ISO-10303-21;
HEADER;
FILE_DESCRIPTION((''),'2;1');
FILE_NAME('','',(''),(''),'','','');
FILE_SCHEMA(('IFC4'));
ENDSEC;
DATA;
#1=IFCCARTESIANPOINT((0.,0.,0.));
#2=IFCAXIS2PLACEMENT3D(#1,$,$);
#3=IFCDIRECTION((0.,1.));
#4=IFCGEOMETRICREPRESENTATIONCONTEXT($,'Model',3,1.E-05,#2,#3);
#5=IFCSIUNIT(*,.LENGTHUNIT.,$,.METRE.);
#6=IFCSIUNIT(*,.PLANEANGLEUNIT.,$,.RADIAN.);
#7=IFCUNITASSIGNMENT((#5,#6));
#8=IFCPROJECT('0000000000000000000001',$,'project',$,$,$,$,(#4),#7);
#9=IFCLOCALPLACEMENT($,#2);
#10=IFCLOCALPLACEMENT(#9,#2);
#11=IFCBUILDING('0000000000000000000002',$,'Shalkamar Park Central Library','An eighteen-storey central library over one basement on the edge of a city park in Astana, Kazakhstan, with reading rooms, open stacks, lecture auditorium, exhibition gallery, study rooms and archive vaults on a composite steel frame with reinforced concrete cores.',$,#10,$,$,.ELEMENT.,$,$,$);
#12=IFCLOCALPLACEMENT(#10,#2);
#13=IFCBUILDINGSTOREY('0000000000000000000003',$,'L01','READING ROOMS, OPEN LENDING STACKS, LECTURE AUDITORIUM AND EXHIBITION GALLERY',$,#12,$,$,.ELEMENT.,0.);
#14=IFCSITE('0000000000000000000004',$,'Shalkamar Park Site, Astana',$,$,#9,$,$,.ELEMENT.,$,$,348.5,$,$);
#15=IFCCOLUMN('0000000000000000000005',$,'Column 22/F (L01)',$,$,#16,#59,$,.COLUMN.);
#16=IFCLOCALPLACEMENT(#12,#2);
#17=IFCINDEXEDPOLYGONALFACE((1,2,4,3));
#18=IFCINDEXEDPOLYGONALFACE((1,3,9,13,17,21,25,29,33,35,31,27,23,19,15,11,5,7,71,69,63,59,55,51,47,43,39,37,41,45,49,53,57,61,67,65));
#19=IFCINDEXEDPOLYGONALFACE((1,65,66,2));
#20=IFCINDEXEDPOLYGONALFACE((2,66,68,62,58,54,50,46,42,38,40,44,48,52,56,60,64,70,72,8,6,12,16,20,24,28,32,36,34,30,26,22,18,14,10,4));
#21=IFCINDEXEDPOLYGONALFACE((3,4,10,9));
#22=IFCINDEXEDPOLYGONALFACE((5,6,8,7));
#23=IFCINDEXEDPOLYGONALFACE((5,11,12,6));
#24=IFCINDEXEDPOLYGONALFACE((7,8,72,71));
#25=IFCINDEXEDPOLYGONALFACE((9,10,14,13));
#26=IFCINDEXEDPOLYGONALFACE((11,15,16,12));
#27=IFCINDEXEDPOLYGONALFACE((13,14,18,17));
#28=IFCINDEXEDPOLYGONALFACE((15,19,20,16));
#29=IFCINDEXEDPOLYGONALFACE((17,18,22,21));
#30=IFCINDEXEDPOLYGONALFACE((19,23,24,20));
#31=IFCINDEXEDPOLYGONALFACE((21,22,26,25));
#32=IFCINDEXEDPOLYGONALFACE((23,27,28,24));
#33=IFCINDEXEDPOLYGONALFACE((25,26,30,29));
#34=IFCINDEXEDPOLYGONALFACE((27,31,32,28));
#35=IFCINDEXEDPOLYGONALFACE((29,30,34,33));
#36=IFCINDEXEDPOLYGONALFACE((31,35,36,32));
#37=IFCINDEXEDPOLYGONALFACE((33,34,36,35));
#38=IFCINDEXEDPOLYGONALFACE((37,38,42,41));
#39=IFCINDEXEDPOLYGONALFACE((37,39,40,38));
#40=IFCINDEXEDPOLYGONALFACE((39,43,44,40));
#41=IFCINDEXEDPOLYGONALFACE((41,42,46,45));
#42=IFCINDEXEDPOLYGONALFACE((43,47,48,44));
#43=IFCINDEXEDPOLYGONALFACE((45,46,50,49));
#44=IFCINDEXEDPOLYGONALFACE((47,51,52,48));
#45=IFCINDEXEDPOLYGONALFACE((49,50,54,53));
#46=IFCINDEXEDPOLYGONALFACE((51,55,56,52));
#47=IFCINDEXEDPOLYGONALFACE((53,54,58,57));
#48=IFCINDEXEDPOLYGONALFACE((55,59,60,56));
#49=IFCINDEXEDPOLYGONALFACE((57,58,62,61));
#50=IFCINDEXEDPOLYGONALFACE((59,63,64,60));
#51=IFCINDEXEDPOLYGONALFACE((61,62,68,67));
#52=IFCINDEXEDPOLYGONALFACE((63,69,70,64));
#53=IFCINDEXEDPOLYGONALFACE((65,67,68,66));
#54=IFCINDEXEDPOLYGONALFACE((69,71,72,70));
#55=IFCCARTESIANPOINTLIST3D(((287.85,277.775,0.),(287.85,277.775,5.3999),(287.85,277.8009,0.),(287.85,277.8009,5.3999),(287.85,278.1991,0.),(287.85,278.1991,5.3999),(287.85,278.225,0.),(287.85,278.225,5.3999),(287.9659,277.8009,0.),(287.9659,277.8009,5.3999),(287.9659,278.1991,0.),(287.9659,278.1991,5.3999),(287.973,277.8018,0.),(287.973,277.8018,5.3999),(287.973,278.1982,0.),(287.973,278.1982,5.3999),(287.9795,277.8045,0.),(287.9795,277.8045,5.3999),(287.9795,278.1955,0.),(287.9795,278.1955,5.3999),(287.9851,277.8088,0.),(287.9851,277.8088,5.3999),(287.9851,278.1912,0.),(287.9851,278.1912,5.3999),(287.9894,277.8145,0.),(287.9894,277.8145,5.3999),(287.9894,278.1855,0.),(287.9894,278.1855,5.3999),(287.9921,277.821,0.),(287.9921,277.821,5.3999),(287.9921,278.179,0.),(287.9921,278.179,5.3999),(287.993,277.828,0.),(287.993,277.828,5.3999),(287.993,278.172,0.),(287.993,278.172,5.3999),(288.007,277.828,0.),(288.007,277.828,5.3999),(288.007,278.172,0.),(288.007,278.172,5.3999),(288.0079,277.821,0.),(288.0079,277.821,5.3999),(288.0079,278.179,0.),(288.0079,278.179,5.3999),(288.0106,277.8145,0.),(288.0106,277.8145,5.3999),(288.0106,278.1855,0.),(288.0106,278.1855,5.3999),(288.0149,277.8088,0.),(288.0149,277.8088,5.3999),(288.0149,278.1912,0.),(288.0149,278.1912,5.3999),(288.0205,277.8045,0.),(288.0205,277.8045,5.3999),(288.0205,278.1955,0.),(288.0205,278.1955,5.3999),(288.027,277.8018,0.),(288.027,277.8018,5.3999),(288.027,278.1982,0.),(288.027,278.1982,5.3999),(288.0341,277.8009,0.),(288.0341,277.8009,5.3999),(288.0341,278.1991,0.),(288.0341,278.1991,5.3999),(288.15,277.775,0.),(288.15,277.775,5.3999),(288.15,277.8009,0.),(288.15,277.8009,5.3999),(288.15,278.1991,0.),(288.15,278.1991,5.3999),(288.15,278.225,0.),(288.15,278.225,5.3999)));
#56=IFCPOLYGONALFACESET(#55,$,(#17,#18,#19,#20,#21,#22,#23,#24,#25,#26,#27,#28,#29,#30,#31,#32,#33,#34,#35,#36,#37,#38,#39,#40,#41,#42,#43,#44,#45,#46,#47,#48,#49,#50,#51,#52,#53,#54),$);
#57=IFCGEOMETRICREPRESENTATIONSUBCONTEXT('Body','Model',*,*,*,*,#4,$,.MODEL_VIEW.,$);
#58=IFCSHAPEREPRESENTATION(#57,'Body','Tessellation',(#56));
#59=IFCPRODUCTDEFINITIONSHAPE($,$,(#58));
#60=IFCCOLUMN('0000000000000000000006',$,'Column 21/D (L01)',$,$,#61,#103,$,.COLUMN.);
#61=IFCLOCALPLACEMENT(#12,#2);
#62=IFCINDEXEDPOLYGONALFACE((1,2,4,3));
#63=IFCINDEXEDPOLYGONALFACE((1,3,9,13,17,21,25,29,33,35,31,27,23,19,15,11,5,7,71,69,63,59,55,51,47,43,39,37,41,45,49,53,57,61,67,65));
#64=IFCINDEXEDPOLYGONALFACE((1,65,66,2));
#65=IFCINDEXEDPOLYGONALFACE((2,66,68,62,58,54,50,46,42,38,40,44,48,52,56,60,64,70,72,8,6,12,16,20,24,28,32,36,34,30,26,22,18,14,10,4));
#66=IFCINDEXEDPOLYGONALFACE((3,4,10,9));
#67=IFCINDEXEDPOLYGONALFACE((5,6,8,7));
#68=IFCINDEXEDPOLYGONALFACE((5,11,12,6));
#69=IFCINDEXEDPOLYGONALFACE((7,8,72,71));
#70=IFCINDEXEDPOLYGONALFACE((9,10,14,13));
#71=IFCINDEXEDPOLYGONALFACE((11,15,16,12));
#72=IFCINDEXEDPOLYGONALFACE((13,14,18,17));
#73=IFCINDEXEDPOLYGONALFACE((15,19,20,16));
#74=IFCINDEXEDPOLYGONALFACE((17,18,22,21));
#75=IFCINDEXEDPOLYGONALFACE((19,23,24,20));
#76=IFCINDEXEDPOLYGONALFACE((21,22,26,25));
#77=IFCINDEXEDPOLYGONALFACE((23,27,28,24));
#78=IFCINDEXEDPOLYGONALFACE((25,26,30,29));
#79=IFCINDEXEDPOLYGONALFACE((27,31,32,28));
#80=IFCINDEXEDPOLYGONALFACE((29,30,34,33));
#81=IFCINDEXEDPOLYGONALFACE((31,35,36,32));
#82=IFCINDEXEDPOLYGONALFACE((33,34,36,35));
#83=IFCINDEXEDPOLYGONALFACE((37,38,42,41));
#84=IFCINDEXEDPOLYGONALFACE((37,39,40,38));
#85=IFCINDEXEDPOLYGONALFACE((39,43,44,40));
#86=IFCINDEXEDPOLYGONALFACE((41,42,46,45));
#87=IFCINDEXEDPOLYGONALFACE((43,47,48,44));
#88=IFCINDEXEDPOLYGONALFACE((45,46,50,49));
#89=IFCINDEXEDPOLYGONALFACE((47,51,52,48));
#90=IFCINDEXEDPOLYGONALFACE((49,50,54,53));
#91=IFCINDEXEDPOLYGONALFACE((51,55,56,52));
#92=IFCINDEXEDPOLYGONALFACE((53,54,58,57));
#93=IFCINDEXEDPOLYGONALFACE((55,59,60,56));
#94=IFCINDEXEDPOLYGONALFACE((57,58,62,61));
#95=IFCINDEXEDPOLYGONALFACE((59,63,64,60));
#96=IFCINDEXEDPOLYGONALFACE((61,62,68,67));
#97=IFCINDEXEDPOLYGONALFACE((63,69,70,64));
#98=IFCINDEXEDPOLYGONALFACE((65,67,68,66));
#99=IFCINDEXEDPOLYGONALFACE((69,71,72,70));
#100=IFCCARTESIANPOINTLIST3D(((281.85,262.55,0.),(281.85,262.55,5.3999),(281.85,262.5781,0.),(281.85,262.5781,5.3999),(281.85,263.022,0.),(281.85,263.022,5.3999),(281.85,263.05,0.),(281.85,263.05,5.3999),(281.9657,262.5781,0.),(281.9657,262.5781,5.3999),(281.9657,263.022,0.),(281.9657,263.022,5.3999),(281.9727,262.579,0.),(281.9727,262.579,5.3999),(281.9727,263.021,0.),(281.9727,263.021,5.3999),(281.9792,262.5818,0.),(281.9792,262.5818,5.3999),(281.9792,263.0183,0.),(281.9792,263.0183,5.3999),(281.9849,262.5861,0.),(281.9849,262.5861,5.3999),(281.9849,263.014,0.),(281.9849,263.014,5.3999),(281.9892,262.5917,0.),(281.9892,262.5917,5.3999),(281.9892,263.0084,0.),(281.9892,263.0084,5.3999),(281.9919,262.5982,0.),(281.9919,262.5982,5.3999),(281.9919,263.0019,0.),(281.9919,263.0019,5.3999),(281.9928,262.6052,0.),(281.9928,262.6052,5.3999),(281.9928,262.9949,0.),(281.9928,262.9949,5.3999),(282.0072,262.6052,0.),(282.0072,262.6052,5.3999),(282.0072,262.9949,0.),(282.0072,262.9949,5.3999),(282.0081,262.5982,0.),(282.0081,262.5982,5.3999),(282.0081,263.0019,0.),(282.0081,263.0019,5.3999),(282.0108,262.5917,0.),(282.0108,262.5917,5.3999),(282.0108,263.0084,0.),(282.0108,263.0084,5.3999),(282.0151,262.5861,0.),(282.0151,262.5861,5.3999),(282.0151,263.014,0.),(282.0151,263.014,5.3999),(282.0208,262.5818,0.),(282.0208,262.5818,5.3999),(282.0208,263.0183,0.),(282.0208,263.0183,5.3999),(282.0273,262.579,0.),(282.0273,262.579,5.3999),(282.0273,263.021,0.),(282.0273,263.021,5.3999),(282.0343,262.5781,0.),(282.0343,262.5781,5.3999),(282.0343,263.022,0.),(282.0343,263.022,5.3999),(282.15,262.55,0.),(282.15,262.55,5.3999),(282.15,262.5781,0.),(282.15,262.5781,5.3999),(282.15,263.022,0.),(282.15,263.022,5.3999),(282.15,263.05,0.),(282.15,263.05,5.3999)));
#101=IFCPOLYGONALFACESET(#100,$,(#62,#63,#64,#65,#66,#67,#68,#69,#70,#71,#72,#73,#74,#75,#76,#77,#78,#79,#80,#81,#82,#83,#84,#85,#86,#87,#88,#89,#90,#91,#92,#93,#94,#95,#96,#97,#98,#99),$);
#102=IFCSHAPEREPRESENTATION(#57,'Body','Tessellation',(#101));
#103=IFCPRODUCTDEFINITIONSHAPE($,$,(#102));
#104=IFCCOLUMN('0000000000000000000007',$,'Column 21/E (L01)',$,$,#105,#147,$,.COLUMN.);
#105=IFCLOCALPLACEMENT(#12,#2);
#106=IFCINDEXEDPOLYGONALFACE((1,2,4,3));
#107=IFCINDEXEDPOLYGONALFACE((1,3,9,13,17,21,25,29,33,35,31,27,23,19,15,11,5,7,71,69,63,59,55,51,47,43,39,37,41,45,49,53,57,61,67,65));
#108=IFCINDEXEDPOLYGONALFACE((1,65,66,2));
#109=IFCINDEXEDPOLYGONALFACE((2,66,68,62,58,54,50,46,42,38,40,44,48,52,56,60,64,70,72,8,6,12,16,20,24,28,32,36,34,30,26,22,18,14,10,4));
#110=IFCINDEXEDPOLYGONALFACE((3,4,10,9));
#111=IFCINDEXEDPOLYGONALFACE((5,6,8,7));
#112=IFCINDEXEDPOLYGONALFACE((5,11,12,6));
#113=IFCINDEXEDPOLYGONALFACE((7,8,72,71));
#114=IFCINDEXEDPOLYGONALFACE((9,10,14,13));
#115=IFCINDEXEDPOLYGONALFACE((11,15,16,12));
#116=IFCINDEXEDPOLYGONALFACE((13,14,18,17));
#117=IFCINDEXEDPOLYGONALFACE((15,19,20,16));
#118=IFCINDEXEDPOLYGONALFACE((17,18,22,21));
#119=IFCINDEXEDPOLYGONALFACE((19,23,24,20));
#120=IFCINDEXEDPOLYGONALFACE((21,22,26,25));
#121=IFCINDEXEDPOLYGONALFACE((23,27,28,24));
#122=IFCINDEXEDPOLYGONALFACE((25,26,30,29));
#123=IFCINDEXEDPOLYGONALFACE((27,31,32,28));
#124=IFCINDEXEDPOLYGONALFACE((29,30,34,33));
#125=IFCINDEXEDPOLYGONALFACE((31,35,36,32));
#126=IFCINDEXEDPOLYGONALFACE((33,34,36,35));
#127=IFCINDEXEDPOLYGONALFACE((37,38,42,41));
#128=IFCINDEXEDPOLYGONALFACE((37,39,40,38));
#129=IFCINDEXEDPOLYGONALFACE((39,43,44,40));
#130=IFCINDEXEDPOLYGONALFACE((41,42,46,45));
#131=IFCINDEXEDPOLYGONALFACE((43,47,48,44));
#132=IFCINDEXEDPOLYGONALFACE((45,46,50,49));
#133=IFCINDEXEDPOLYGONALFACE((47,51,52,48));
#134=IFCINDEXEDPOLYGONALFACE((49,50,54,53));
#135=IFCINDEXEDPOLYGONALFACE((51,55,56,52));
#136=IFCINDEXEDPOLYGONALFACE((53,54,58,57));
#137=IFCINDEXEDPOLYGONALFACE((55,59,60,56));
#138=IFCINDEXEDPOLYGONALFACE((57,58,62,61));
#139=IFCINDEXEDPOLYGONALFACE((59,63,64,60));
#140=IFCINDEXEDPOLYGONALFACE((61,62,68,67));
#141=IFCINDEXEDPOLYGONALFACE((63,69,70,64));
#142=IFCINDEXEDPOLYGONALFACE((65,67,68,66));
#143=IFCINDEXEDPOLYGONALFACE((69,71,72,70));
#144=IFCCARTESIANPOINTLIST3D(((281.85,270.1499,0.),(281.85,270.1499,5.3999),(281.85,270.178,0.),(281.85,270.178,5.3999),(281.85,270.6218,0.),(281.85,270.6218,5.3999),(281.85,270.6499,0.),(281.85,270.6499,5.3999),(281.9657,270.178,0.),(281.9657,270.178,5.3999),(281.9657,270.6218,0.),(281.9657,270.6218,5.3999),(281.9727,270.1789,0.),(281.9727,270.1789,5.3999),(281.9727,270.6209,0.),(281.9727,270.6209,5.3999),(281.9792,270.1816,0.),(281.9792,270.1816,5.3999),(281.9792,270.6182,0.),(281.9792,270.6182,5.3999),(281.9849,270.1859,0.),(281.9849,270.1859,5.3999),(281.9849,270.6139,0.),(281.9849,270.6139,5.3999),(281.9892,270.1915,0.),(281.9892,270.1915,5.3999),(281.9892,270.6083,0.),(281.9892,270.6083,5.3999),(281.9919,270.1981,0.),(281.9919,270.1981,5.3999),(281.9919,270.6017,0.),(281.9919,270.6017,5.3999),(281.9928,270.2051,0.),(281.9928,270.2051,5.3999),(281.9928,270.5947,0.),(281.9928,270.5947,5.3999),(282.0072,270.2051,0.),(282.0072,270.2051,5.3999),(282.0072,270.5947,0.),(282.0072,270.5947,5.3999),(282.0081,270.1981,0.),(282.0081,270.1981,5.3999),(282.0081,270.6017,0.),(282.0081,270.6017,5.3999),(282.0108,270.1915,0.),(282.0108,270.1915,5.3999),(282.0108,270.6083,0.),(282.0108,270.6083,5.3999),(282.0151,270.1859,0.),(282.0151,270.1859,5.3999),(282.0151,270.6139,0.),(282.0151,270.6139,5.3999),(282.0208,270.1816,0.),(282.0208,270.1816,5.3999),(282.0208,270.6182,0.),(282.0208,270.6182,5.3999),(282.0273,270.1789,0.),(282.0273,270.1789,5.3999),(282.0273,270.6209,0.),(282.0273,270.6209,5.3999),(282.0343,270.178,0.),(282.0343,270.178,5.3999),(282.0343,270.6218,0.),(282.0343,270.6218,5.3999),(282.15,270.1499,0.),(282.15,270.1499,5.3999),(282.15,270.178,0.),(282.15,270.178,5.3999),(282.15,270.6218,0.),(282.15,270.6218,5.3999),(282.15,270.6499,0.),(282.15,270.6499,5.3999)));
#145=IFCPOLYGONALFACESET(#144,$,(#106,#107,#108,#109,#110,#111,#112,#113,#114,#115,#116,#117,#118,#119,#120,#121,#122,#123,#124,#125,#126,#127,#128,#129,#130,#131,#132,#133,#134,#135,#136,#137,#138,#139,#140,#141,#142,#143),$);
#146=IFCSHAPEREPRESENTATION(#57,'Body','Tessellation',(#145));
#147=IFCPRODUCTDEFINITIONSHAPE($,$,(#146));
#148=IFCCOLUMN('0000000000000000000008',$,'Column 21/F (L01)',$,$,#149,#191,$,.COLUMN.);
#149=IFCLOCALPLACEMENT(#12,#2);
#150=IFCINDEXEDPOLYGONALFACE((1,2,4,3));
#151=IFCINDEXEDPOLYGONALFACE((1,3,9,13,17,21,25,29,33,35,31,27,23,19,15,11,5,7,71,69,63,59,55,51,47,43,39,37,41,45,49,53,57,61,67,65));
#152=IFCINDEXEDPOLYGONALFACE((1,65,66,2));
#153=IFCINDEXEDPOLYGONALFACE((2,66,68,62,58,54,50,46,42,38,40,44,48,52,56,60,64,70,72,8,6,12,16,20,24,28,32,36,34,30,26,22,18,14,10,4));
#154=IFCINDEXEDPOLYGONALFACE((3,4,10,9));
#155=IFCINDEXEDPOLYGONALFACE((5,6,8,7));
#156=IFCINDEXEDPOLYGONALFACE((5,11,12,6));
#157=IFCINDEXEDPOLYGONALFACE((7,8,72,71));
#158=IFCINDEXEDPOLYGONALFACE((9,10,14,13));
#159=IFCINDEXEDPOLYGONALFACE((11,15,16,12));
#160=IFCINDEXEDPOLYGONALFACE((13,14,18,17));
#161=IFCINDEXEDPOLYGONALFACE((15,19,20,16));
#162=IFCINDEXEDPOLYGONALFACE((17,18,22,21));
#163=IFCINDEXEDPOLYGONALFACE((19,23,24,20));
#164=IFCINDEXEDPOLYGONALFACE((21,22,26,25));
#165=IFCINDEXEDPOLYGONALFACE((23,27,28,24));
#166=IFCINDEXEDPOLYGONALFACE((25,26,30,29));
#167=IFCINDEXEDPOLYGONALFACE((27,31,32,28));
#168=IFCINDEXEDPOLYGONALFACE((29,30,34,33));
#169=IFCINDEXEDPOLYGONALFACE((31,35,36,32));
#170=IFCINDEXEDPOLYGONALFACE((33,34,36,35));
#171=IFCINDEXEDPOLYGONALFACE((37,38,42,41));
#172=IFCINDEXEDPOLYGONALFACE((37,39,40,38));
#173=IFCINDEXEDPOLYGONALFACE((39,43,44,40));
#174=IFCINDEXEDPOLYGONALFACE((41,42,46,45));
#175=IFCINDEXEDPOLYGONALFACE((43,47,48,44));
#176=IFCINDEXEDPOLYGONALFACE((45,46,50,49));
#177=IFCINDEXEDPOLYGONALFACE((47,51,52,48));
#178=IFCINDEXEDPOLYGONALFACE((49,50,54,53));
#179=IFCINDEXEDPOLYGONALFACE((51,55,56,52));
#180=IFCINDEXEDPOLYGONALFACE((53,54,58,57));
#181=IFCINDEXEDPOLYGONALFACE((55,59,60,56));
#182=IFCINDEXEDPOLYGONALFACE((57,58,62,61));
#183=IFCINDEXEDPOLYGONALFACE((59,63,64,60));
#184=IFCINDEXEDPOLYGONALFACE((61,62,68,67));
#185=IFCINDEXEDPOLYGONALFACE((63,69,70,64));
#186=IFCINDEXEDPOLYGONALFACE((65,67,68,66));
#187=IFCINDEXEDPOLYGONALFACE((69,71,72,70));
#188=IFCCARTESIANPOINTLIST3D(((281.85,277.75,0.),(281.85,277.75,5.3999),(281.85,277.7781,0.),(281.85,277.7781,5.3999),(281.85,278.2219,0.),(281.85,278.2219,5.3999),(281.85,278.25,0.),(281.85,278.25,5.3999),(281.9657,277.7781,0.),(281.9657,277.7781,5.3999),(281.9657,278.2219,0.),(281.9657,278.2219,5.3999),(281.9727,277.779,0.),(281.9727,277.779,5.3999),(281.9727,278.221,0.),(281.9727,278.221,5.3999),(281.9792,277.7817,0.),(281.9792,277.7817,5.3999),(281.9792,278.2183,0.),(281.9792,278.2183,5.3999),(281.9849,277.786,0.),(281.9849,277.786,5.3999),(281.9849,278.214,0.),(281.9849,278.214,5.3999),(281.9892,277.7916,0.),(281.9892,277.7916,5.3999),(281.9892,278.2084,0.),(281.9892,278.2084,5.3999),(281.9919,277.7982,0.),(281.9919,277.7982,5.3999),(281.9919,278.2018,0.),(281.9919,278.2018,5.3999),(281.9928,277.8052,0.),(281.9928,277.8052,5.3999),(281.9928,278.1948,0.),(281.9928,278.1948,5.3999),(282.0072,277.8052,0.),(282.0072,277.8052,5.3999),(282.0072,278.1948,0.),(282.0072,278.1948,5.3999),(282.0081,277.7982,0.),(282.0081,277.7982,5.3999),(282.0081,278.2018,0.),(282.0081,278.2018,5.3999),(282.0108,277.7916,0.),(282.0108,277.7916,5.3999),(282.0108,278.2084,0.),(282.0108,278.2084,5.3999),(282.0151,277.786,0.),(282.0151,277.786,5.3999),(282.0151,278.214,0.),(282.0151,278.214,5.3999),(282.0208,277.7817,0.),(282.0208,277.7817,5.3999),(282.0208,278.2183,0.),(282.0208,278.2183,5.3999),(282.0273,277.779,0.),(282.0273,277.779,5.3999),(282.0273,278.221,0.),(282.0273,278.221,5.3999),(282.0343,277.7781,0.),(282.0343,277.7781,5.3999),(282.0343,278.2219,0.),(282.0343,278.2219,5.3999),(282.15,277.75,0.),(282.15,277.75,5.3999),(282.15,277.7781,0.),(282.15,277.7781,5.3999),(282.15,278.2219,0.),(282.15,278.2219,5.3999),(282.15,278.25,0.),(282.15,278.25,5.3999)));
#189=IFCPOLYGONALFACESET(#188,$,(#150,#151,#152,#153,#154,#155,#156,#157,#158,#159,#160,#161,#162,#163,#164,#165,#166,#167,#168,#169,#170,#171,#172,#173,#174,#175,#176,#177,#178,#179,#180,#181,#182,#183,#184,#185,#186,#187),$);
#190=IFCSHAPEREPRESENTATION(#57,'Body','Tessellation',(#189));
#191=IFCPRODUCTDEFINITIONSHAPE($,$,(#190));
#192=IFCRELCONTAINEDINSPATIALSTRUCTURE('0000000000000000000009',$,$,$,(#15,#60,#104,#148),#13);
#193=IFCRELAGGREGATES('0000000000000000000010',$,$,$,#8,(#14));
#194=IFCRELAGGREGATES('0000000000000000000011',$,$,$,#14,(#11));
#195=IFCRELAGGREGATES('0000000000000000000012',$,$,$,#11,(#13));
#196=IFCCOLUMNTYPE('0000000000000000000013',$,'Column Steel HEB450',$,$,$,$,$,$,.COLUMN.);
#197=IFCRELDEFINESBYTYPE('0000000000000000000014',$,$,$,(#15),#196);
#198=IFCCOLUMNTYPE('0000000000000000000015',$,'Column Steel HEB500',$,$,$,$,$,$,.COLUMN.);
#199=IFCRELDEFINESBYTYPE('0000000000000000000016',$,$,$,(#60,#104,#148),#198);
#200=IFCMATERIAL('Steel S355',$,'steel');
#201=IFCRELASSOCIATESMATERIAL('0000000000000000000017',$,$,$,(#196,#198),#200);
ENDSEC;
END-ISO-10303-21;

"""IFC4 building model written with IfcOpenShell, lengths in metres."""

from ifc_helpers import new_model, si_unit, direction, frame, origin, origin_2d, place, context, subcontext, project, spatial, i_section, extrude, material, material_profile, profile_set, type_object, element, save


model = new_model("IFC4")

# Units and contexts
model_context = context("Model", 3, precision=1e-05, world=origin(), true_north=direction((0.0, 1.0)))
body_context = subcontext(model_context, "Body", "Model", "MODEL_VIEW")
ifc_project = project(units=[si_unit("LENGTHUNIT", "METRE"), si_unit("PLANEANGLEUNIT", "RADIAN")], contexts=[model_context])

# Site, building, storey
site_placement = place(None, origin())
site = spatial("IfcSite", under=ifc_project, at=site_placement, Name="Shalkamar Park Site, Astana", CompositionType="ELEMENT", RefElevation=348.5)
building_placement = place(site_placement, origin())
building = spatial("IfcBuilding", under=site, at=building_placement, Name="Shalkamar Park Central Library", Description="An eighteen-storey central library over one basement on the edge of a city park in Astana, Kazakhstan, with reading rooms, open stacks, lecture auditorium, exhibition gallery, study rooms and archive vaults on a composite steel frame with reinforced concrete cores.", CompositionType="ELEMENT")
storey_placement = place(building_placement, origin())
storey = spatial("IfcBuildingStorey", under=building, at=storey_placement, Name="L01", Description="READING ROOMS, OPEN LENDING STACKS, LECTURE AUDITORIUM AND EXHIBITION GALLERY", CompositionType="ELEMENT", Elevation=0.0)

# Columns
ifc_material_1 = material(Name="Steel S355", Category="steel")
ifc_material_profile_1 = material_profile(ifc_material_1, i_section(OverallWidth=0.3, OverallDepth=0.45, WebThickness=0.0139, FlangeThickness=0.0259, FilletRadius=0.0271, at=origin_2d()), Name="HEB 450")
ifc_profile_set_1 = profile_set([ifc_material_profile_1], Name="Steel S355")
column_type_1 = type_object("IfcColumnType", Name="Column Steel HEB450", PredefinedType="COLUMN", material=ifc_profile_set_1)
for number, where, z_axis, x_axis, name in (
    (1, (288.0, 278.0, 0.0), (0.0, 0.0, 1.0), (1.0, 0.0, 0.0), "Column 22/F (L01)"),
):
    element("IfcColumn", number, at=place(storey_placement, frame(where, z_axis=z_axis, x_axis=x_axis)), inside=storey, type_object=column_type_1, Name=name, PredefinedType="COLUMN", context=body_context, shape_type="SweptSolid", body=[
        extrude(i_section(OverallWidth=0.3, OverallDepth=0.45, WebThickness=0.0139, FlangeThickness=0.0259, FilletRadius=0.0271, at=origin_2d()), origin(), (0.0, 0.0, 1.0), 5.3999),
    ])
ifc_material_profile_2 = material_profile(ifc_material_1, i_section(OverallWidth=0.3, OverallDepth=0.5, WebThickness=0.0144, FlangeThickness=0.0281, FilletRadius=0.0271, at=origin_2d()), Name="HEB 500")
ifc_profile_set_2 = profile_set([ifc_material_profile_2], Name="Steel S355")
column_type_2 = type_object("IfcColumnType", Name="Column Steel HEB500", PredefinedType="COLUMN", material=ifc_profile_set_2)
for number, where, z_axis, x_axis, name in (
    (2, (282.0, 262.8, 0.0), (0.0, 0.0, 1.0), (1.0, 0.0, 0.0), "Column 21/D (L01)"),
    (3, (282.0, 270.3999, 0.0), (0.0, 0.0, 1.0), (1.0, 0.0, 0.0), "Column 21/E (L01)"),
    (4, (282.0, 278.0, 0.0), (0.0, 0.0, 1.0), (1.0, 0.0, 0.0), "Column 21/F (L01)"),
):
    element("IfcColumn", number, at=place(storey_placement, frame(where, z_axis=z_axis, x_axis=x_axis)), inside=storey, type_object=column_type_2, Name=name, PredefinedType="COLUMN", context=body_context, shape_type="SweptSolid", body=[
        extrude(i_section(OverallWidth=0.3, OverallDepth=0.5, WebThickness=0.0144, FlangeThickness=0.0281, FilletRadius=0.0271, at=origin_2d()), origin(), (0.0, 0.0, 1.0), 5.3999),
    ])

save(model, "model.ifc")
